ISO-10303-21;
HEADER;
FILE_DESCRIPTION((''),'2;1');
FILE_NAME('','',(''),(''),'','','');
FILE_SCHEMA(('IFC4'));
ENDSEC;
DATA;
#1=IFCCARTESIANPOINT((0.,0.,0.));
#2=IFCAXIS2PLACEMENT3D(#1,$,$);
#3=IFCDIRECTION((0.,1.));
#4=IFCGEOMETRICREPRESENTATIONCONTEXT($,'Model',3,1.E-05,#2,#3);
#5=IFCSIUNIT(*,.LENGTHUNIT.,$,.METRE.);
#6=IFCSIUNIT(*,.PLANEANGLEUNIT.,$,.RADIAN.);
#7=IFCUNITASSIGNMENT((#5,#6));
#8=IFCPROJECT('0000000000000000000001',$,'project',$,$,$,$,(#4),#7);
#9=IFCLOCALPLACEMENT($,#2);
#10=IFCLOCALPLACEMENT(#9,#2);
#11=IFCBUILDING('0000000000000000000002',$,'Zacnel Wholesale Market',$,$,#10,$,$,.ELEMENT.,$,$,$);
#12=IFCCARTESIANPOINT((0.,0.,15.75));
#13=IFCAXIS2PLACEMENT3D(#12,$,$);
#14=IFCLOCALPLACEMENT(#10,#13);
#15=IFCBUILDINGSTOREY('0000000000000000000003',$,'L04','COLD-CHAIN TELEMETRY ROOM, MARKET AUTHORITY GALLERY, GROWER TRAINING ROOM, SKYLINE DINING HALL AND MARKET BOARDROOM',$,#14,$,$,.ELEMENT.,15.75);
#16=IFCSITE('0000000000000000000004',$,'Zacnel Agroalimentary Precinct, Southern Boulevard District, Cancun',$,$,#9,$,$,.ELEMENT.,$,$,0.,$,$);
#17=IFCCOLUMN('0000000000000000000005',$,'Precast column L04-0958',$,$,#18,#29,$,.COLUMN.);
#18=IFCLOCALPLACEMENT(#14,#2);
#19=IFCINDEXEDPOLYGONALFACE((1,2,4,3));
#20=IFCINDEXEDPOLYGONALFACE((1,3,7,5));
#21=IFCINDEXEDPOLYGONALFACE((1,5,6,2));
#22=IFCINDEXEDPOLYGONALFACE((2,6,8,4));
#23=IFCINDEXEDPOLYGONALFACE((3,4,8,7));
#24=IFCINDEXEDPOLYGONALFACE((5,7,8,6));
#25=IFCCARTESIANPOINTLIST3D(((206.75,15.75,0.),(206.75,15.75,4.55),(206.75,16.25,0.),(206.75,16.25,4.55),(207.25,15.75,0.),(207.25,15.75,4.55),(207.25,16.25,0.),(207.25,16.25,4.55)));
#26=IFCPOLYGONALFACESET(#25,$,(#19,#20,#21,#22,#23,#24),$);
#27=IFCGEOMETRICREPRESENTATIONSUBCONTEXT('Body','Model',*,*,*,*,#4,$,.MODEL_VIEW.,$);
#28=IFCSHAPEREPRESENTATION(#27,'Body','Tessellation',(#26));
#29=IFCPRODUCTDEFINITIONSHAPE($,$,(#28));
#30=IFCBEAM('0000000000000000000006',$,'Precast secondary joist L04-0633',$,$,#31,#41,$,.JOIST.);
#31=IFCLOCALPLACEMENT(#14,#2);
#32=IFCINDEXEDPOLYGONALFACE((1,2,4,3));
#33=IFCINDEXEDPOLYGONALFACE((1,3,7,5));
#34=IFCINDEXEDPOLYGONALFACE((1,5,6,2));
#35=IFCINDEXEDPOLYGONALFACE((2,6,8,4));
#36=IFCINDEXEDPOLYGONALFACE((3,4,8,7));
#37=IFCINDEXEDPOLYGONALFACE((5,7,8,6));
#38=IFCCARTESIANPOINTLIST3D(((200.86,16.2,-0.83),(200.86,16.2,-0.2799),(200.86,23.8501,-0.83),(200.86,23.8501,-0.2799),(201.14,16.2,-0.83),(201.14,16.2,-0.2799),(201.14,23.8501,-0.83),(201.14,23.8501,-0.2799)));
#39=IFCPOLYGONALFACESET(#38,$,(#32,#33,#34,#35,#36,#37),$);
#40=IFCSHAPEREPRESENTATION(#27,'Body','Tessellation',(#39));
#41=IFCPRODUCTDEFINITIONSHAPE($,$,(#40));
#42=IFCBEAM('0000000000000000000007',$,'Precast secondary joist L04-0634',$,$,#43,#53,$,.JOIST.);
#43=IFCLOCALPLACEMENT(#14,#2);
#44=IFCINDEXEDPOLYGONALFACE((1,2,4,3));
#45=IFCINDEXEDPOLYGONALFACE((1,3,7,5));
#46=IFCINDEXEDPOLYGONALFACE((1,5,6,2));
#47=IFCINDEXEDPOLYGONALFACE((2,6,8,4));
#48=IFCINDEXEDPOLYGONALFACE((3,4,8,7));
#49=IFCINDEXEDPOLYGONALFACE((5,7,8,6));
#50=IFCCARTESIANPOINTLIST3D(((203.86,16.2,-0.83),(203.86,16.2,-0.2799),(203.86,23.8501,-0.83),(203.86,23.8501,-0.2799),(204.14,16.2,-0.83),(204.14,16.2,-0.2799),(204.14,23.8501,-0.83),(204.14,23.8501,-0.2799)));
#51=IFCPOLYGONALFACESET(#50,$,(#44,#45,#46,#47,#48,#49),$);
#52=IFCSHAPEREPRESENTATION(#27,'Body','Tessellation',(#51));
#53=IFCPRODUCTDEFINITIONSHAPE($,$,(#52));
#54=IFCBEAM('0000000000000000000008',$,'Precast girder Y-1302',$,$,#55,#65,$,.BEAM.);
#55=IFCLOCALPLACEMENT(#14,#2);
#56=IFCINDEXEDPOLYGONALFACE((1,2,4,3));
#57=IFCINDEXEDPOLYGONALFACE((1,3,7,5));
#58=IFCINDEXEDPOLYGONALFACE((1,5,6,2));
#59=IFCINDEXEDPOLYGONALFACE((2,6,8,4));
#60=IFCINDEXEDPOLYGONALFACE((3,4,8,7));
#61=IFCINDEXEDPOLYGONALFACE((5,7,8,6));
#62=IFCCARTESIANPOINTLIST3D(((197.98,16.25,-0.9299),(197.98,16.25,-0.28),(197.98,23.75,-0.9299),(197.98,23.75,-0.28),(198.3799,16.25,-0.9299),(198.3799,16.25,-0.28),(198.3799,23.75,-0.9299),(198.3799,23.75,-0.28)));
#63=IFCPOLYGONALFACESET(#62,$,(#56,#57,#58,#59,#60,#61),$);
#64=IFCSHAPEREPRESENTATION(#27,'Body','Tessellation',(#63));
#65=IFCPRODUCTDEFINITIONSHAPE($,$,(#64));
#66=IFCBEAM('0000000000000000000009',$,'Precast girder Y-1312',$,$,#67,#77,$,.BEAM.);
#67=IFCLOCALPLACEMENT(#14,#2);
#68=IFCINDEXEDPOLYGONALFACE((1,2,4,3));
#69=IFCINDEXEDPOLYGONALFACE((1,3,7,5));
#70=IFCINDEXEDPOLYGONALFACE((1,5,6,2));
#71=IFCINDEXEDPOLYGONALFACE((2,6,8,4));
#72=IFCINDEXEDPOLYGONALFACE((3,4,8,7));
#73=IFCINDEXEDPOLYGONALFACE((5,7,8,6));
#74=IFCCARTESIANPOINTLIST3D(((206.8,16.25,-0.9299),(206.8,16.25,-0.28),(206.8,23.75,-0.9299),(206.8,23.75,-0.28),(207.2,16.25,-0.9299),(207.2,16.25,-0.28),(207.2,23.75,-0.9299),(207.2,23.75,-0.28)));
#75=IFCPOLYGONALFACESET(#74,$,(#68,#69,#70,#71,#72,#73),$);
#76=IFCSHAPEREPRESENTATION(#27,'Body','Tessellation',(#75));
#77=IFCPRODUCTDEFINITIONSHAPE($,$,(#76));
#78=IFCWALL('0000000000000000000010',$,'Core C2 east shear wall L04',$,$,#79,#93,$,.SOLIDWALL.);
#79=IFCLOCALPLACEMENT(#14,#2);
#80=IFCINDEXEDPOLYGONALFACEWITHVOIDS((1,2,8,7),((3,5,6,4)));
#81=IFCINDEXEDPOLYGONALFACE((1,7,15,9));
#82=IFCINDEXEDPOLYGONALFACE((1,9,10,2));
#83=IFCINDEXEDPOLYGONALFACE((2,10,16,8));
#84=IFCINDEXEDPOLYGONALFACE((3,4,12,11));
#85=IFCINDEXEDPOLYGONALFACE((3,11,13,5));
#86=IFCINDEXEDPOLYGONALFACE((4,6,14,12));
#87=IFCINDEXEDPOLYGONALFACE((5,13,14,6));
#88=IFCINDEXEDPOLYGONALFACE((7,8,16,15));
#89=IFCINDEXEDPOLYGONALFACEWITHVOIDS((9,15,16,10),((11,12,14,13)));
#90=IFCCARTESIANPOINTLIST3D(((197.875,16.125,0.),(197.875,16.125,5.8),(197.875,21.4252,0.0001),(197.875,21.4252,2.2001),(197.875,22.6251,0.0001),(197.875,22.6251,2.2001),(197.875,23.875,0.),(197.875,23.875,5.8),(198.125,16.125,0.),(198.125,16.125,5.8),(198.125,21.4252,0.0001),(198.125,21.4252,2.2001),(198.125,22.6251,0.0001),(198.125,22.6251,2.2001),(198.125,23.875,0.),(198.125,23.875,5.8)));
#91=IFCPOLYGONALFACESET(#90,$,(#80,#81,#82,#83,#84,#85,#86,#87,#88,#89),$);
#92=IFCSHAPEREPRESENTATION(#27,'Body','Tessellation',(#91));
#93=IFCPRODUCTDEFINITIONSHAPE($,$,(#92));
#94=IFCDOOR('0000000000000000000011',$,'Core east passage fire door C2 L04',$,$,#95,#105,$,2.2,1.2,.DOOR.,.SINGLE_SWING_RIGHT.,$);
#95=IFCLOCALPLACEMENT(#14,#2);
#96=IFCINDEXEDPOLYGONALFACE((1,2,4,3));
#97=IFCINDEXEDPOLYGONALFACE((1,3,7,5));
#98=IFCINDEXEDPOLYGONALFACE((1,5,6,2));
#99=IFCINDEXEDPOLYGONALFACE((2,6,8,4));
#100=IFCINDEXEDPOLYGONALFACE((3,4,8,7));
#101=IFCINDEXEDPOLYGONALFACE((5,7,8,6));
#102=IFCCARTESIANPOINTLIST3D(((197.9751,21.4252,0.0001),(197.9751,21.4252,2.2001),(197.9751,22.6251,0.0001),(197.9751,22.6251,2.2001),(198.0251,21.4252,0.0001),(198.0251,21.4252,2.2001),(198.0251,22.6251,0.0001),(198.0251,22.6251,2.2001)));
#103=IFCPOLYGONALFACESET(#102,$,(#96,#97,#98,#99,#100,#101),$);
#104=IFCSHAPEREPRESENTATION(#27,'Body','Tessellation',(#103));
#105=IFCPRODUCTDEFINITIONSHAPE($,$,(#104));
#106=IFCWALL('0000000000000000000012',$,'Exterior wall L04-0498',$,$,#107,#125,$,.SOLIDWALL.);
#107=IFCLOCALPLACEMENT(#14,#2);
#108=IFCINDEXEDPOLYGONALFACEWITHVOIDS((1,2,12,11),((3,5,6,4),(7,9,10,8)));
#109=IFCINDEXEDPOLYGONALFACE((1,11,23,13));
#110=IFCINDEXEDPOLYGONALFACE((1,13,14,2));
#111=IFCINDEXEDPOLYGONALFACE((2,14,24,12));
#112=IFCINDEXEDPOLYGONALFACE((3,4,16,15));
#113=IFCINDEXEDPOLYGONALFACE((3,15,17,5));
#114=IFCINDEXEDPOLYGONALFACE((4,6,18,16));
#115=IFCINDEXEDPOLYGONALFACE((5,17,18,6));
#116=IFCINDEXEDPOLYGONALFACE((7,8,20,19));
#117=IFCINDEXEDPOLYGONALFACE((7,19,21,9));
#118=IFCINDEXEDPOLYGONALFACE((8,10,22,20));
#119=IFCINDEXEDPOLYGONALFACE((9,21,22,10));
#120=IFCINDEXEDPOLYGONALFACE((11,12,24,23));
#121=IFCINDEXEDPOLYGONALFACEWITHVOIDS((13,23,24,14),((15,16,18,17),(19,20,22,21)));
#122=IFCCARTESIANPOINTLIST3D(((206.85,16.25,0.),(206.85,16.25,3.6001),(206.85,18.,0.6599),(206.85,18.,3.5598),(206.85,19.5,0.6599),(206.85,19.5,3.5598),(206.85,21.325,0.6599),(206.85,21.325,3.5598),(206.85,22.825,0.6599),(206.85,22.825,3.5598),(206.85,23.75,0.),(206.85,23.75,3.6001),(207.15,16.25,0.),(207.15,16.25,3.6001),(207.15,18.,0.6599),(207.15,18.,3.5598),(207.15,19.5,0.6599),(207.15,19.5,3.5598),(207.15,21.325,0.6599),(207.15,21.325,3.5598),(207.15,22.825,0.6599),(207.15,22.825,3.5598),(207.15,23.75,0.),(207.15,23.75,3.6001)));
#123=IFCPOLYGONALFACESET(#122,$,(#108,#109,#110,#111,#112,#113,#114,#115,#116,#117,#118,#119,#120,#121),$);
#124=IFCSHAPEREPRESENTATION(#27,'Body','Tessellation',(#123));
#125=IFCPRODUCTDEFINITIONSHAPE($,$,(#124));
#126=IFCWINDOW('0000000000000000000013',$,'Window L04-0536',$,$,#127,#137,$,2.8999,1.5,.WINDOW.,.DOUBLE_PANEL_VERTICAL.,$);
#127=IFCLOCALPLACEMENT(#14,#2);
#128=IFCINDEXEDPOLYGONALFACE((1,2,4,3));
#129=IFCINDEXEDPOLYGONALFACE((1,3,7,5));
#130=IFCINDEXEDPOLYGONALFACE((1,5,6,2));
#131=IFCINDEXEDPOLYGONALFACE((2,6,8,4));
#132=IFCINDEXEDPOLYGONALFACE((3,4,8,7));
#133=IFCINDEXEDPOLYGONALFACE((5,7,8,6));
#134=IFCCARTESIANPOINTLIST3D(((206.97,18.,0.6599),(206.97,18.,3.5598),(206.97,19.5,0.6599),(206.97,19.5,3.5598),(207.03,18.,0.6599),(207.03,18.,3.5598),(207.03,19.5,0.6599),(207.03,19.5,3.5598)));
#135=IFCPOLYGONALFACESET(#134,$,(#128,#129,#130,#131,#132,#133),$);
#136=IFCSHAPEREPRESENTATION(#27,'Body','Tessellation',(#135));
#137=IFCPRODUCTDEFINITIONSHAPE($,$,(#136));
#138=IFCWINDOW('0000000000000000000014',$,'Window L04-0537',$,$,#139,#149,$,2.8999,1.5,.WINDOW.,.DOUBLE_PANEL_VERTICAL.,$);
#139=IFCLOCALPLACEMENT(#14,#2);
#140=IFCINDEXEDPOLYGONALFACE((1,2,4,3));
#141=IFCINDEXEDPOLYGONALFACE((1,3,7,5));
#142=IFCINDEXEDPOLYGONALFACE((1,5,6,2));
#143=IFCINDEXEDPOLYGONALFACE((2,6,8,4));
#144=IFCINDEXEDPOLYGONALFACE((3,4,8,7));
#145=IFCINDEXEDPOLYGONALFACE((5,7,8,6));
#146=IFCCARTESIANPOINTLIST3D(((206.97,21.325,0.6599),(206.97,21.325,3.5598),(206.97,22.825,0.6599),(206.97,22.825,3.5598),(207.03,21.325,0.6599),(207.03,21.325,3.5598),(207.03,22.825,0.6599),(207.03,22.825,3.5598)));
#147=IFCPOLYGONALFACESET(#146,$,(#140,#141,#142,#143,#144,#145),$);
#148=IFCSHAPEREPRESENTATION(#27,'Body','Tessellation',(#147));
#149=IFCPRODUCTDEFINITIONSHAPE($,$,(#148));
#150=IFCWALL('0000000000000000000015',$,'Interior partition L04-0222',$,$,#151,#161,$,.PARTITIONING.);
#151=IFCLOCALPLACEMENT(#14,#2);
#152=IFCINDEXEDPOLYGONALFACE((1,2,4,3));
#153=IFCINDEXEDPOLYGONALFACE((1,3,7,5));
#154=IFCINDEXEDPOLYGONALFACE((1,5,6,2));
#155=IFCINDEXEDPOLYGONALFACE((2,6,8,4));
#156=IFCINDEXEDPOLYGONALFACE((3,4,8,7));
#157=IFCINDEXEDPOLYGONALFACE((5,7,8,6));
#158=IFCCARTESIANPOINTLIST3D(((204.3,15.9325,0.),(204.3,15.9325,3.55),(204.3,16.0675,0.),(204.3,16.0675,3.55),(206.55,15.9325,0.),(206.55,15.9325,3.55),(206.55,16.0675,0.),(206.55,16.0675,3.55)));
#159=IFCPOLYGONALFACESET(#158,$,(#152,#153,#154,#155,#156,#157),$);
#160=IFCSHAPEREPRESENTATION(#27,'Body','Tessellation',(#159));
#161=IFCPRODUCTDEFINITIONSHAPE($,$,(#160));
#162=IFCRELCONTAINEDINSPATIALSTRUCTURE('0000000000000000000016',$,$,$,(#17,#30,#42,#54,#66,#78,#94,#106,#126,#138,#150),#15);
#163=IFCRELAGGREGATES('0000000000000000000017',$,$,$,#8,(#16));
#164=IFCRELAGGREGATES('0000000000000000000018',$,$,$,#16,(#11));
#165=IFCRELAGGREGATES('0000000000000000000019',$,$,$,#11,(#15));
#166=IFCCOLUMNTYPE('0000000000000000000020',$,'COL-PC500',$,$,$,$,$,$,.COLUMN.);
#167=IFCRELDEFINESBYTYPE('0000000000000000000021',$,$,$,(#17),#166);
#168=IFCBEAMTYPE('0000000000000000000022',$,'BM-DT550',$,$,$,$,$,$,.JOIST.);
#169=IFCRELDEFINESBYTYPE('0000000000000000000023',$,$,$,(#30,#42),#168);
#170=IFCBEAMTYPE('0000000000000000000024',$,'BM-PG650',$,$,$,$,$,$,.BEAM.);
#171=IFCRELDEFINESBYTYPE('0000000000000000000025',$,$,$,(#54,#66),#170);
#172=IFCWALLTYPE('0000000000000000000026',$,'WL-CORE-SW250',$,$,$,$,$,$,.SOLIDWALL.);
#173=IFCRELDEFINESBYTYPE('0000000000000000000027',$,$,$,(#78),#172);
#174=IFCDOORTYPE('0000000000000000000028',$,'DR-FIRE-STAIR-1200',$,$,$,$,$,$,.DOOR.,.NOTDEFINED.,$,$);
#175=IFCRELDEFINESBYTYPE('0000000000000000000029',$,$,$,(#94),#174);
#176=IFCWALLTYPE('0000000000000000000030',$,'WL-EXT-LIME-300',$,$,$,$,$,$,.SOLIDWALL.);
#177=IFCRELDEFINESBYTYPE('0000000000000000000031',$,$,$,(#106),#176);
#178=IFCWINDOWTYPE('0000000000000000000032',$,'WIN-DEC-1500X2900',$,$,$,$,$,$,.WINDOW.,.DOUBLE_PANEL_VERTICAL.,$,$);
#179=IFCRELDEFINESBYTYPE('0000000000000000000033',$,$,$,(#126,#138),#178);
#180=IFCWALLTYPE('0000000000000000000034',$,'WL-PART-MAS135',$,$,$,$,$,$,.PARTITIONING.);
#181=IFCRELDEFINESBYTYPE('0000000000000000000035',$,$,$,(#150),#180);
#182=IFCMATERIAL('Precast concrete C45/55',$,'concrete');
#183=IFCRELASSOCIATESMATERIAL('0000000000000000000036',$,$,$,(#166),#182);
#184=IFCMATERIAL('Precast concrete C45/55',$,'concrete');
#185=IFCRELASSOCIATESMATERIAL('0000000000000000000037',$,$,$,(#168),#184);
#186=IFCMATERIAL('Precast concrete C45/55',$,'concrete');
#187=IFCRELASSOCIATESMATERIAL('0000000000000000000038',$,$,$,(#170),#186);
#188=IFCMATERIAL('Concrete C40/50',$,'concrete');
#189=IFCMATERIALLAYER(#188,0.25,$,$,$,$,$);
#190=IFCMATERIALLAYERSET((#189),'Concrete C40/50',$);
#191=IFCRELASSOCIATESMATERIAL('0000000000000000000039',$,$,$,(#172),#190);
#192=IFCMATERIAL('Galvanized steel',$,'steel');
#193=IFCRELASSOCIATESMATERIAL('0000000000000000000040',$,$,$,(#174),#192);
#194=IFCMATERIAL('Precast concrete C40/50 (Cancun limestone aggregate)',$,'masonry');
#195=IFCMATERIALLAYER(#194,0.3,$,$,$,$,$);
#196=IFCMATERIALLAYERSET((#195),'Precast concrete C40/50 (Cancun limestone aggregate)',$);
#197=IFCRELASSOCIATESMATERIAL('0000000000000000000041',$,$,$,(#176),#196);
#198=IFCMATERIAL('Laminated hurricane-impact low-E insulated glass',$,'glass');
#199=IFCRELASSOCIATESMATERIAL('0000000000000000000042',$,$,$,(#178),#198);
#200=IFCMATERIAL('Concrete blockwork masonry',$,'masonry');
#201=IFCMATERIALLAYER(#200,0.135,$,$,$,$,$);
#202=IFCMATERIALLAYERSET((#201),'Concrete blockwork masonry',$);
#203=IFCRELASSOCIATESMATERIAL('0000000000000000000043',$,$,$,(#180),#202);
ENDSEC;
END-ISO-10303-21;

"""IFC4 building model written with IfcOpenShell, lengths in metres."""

from ifc_helpers import new_model, si_unit, direction, frame, frame_2d, origin, origin_2d, place, context, subcontext, project, spatial, rectangle, extrude, material, layer, layer_set, material_profile, profile_set, type_object, element, fill, save


model = new_model("IFC4")

# Units and contexts
model_context = context("Model", 3, precision=1e-05, world=origin(), true_north=direction((0.0, 1.0)))
body_context = subcontext(model_context, "Body", "Model", "MODEL_VIEW")
ifc_project = project(units=[si_unit("LENGTHUNIT", "METRE"), si_unit("PLANEANGLEUNIT", "RADIAN")], contexts=[model_context])

# Site, building, storey
site_placement = place(None, origin())
site = spatial("IfcSite", under=ifc_project, at=site_placement, Name="Zacnel Agroalimentary Precinct, Southern Boulevard District, Cancun", CompositionType="ELEMENT", RefElevation=0.0)
building_placement = place(site_placement, origin())
building = spatial("IfcBuilding", under=site, at=building_placement, Name="Zacnel Wholesale Market", CompositionType="ELEMENT")
storey_placement = place(building_placement, frame((0.0, 0.0, 15.75)))
storey = spatial("IfcBuildingStorey", under=building, at=storey_placement, Name="L04", Description="COLD-CHAIN TELEMETRY ROOM, MARKET AUTHORITY GALLERY, GROWER TRAINING ROOM, SKYLINE DINING HALL AND MARKET BOARDROOM", CompositionType="ELEMENT", Elevation=15.75)

# Column
ifc_material_1 = material(Name="Precast concrete C45/55", Category="concrete")
ifc_material_profile_1 = material_profile(ifc_material_1, rectangle(XDim=0.5, YDim=0.5, at=origin_2d()), Name="PC 500x500")
ifc_profile_set_1 = profile_set([ifc_material_profile_1], Name="Precast concrete C45/55")
column_type = type_object("IfcColumnType", Name="COL-PC500", PredefinedType="COLUMN", material=ifc_profile_set_1)
column_placement = place(storey_placement, frame((207.0, 16.0, 0.0), z_axis=(0.0, 0.0, 1.0), x_axis=(1.0, 0.0, 0.0)))
element("IfcColumn", 1, at=column_placement, inside=storey, type_object=column_type, Name="Precast column L04-0958", PredefinedType="COLUMN", context=body_context, shape_type="SweptSolid", body=[
    extrude(rectangle(XDim=0.5, YDim=0.5, at=origin_2d()), origin(), (0.0, 0.0, 1.0), 4.55),
])

# Beams
ifc_material_2 = material(Name="Precast concrete C45/55", Category="concrete")
ifc_material_profile_2 = material_profile(ifc_material_2, rectangle(XDim=0.28, YDim=0.55, at=origin_2d()), Name="DT RIB 280x550")
ifc_profile_set_2 = profile_set([ifc_material_profile_2], Name="Precast concrete C45/55")
beam_type_1 = type_object("IfcBeamType", Name="BM-DT550", PredefinedType="JOIST", material=ifc_profile_set_2)
for number, where, z_axis, x_axis, name in (
    (2, (201.0, 16.2, -0.5549), (0.0, 1.0, 0.0), (-1.0, 0.0, 0.0), "Precast secondary joist L04-0633"),
    (3, (204.0, 16.2, -0.5549), (0.0, 1.0, 0.0), (-1.0, 0.0, 0.0), "Precast secondary joist L04-0634"),
):
    element("IfcBeam", number, at=place(storey_placement, frame(where, z_axis=z_axis, x_axis=x_axis)), inside=storey, type_object=beam_type_1, Name=name, PredefinedType="JOIST", context=body_context, shape_type="SweptSolid", body=[
        extrude(rectangle(XDim=0.28, YDim=0.55, at=origin_2d()), origin(), (0.0, 0.0, 1.0), 7.6501),
    ])
ifc_material_3 = material(Name="Precast concrete C45/55", Category="concrete")
ifc_material_profile_3 = material_profile(ifc_material_3, rectangle(XDim=0.3999, YDim=0.6499, at=origin_2d()), Name="PG 400x650")
ifc_profile_set_3 = profile_set([ifc_material_profile_3], Name="Precast concrete C45/55")
beam_type_2 = type_object("IfcBeamType", Name="BM-PG650", PredefinedType="BEAM", material=ifc_profile_set_3)
for number, where, z_axis, x_axis, name in (
    (4, (198.1799, 16.25, -0.605), (0.0, 1.0, 0.0), (-1.0, 0.0, 0.0), "Precast girder Y-1302"),
    (5, (207.0, 16.25, -0.605), (0.0, 1.0, 0.0), (-1.0, 0.0, 0.0), "Precast girder Y-1312"),
):
    element("IfcBeam", number, at=place(storey_placement, frame(where, z_axis=z_axis, x_axis=x_axis)), inside=storey, type_object=beam_type_2, Name=name, PredefinedType="BEAM", context=body_context, shape_type="SweptSolid", body=[
        extrude(rectangle(XDim=0.3999, YDim=0.6499, at=origin_2d()), origin(), (0.0, 0.0, 1.0), 7.5),
    ])

# Wall, opening, door
ifc_material_4 = material(Name="Concrete C40/50", Category="concrete")
ifc_layer_1 = layer(ifc_material_4, 0.25)
ifc_layer_set_1 = layer_set([ifc_layer_1], Name="Concrete C40/50")
wall_type_1 = type_object("IfcWallType", Name="WL-CORE-SW250", PredefinedType="SOLIDWALL", material=ifc_layer_set_1)
wall_1_placement = place(storey_placement, frame((198.0, 16.125, 0.0), z_axis=(0.0, 0.0, 1.0), x_axis=(0.0, 1.0, 0.0)))
wall_1 = element("IfcWall", 6, at=wall_1_placement, inside=storey, type_object=wall_type_1, Name="Core C2 east shear wall L04", PredefinedType="SOLIDWALL", context=body_context, shape_type="SweptSolid", body=[
    extrude(rectangle(XDim=7.75, YDim=0.25, at=frame_2d((3.875, 0.0))), origin(), (0.0, 0.0, 1.0), 5.8),
])
opening_1_placement = place(wall_1_placement, frame((5.3, 0.0, 0.0)))
opening_1 = element("IfcOpeningElement", 7, at=opening_1_placement, cuts=wall_1, PredefinedType="OPENING", context=body_context, shape_type="SweptSolid", body=[
    extrude(rectangle(XDim=1.2, YDim=2.2, at=frame_2d((0.6001, 1.1001))), frame((0.0, 0.135, 0.0), z_axis=(0.0, -1.0, 0.0), x_axis=(1.0, 0.0, 0.0)), (0.0, 0.0, 1.0), 0.27),
])
ifc_material_5 = material(Name="Galvanized steel", Category="steel")
door_type_1 = type_object("IfcDoorType", Name="DR-FIRE-STAIR-1200", OperationType="NOTDEFINED", PredefinedType="DOOR", material=ifc_material_5)
door_1_placement = place(opening_1_placement, origin())
door_1 = element("IfcDoor", 8, at=door_1_placement, inside=storey, type_object=door_type_1, Name="Core east passage fire door C2 L04", OperationType="SINGLE_SWING_RIGHT", OverallHeight=2.2, OverallWidth=1.2, PredefinedType="DOOR", context=body_context, shape_type="SweptSolid", body=[
    extrude(rectangle(XDim=1.2, YDim=2.2, at=frame_2d((0.6001, 1.1001))), frame((0.0, 0.0249, 0.0), z_axis=(0.0, -1.0, 0.0), x_axis=(1.0, 0.0, 0.0)), (0.0, 0.0, 1.0), 0.05),
])
fill(opening_1, door_1)

# Wall, openings, windows
ifc_material_6 = material(Name="Precast concrete C40/50 (Cancun limestone aggregate)", Category="masonry")
ifc_layer_2 = layer(ifc_material_6, 0.3)
ifc_layer_set_2 = layer_set([ifc_layer_2], Name="Precast concrete C40/50 (Cancun limestone aggregate)")
wall_type_2 = type_object("IfcWallType", Name="WL-EXT-LIME-300", PredefinedType="SOLIDWALL", material=ifc_layer_set_2)
wall_2_placement = place(storey_placement, frame((207.0, 16.25, 0.0), z_axis=(0.0, 0.0, 1.0), x_axis=(0.0, 1.0, 0.0)))
wall_2 = element("IfcWall", 9, at=wall_2_placement, inside=storey, type_object=wall_type_2, Name="Exterior wall L04-0498", PredefinedType="SOLIDWALL", context=body_context, shape_type="SweptSolid", body=[
    extrude(rectangle(XDim=7.5, YDim=0.3, at=frame_2d((3.75, 0.0))), origin(), (0.0, 0.0, 1.0), 3.6001),
])
opening_2_placement = place(wall_2_placement, frame((1.75, 0.0, 0.6599)))
opening_2 = element("IfcOpeningElement", 10, at=opening_2_placement, cuts=wall_2, PredefinedType="OPENING", context=body_context, shape_type="SweptSolid", body=[
    extrude(rectangle(XDim=1.5, YDim=2.8999, at=frame_2d((0.75, 1.45))), frame((0.0, 0.1599, 0.0), z_axis=(0.0, -1.0, 0.0), x_axis=(1.0, 0.0, 0.0)), (0.0, 0.0, 1.0), 0.3201),
])
opening_3_placement = place(wall_2_placement, frame((5.075, 0.0, 0.6599)))
opening_3 = element("IfcOpeningElement", 11, at=opening_3_placement, cuts=wall_2, PredefinedType="OPENING", context=body_context, shape_type="SweptSolid", body=[
    extrude(rectangle(XDim=1.5, YDim=2.8999, at=frame_2d((0.75, 1.45))), frame((0.0, 0.1599, 0.0), z_axis=(0.0, -1.0, 0.0), x_axis=(1.0, 0.0, 0.0)), (0.0, 0.0, 1.0), 0.3201),
])
ifc_material_7 = material(Name="Laminated hurricane-impact low-E insulated glass", Category="glass")
window_type = type_object("IfcWindowType", Name="WIN-DEC-1500X2900", PartitioningType="DOUBLE_PANEL_VERTICAL", PredefinedType="WINDOW", material=ifc_material_7)
window_1_placement = place(opening_2_placement, origin())
window_1 = element("IfcWindow", 12, at=window_1_placement, inside=storey, type_object=window_type, Name="Window L04-0536", OverallHeight=2.8999, OverallWidth=1.5, PartitioningType="DOUBLE_PANEL_VERTICAL", PredefinedType="WINDOW", context=body_context, shape_type="SweptSolid", body=[
    extrude(rectangle(XDim=1.5, YDim=2.8999, at=frame_2d((0.75, 1.45))), frame((0.0, 0.03, 0.0), z_axis=(0.0, -1.0, 0.0), x_axis=(1.0, 0.0, 0.0)), (0.0, 0.0, 1.0), 0.0601),
])
fill(opening_2, window_1)
window_2_placement = place(opening_3_placement, origin())
window_2 = element("IfcWindow", 13, at=window_2_placement, inside=storey, type_object=window_type, Name="Window L04-0537", OverallHeight=2.8999, OverallWidth=1.5, PartitioningType="DOUBLE_PANEL_VERTICAL", PredefinedType="WINDOW", context=body_context, shape_type="SweptSolid", body=[
    extrude(rectangle(XDim=1.5, YDim=2.8999, at=frame_2d((0.75, 1.45))), frame((0.0, 0.03, 0.0), z_axis=(0.0, -1.0, 0.0), x_axis=(1.0, 0.0, 0.0)), (0.0, 0.0, 1.0), 0.0601),
])
fill(opening_3, window_2)

# Wall
ifc_material_8 = material(Name="Concrete blockwork masonry", Category="masonry")
ifc_layer_3 = layer(ifc_material_8, 0.135)
ifc_layer_set_3 = layer_set([ifc_layer_3], Name="Concrete blockwork masonry")
wall_type_3 = type_object("IfcWallType", Name="WL-PART-MAS135", PredefinedType="PARTITIONING", material=ifc_layer_set_3)
wall_3_placement = place(storey_placement, frame((204.3, 16.0, 0.0), z_axis=(0.0, 0.0, 1.0), x_axis=(1.0, 0.0, 0.0)))
element("IfcWall", 14, at=wall_3_placement, inside=storey, type_object=wall_type_3, Name="Interior partition L04-0222", PredefinedType="PARTITIONING", context=body_context, shape_type="SweptSolid", body=[
    extrude(rectangle(XDim=2.25, YDim=0.135, at=frame_2d((1.125, 0.0))), origin(), (0.0, 0.0, 1.0), 3.55),
])

save(model, "model.ifc")
